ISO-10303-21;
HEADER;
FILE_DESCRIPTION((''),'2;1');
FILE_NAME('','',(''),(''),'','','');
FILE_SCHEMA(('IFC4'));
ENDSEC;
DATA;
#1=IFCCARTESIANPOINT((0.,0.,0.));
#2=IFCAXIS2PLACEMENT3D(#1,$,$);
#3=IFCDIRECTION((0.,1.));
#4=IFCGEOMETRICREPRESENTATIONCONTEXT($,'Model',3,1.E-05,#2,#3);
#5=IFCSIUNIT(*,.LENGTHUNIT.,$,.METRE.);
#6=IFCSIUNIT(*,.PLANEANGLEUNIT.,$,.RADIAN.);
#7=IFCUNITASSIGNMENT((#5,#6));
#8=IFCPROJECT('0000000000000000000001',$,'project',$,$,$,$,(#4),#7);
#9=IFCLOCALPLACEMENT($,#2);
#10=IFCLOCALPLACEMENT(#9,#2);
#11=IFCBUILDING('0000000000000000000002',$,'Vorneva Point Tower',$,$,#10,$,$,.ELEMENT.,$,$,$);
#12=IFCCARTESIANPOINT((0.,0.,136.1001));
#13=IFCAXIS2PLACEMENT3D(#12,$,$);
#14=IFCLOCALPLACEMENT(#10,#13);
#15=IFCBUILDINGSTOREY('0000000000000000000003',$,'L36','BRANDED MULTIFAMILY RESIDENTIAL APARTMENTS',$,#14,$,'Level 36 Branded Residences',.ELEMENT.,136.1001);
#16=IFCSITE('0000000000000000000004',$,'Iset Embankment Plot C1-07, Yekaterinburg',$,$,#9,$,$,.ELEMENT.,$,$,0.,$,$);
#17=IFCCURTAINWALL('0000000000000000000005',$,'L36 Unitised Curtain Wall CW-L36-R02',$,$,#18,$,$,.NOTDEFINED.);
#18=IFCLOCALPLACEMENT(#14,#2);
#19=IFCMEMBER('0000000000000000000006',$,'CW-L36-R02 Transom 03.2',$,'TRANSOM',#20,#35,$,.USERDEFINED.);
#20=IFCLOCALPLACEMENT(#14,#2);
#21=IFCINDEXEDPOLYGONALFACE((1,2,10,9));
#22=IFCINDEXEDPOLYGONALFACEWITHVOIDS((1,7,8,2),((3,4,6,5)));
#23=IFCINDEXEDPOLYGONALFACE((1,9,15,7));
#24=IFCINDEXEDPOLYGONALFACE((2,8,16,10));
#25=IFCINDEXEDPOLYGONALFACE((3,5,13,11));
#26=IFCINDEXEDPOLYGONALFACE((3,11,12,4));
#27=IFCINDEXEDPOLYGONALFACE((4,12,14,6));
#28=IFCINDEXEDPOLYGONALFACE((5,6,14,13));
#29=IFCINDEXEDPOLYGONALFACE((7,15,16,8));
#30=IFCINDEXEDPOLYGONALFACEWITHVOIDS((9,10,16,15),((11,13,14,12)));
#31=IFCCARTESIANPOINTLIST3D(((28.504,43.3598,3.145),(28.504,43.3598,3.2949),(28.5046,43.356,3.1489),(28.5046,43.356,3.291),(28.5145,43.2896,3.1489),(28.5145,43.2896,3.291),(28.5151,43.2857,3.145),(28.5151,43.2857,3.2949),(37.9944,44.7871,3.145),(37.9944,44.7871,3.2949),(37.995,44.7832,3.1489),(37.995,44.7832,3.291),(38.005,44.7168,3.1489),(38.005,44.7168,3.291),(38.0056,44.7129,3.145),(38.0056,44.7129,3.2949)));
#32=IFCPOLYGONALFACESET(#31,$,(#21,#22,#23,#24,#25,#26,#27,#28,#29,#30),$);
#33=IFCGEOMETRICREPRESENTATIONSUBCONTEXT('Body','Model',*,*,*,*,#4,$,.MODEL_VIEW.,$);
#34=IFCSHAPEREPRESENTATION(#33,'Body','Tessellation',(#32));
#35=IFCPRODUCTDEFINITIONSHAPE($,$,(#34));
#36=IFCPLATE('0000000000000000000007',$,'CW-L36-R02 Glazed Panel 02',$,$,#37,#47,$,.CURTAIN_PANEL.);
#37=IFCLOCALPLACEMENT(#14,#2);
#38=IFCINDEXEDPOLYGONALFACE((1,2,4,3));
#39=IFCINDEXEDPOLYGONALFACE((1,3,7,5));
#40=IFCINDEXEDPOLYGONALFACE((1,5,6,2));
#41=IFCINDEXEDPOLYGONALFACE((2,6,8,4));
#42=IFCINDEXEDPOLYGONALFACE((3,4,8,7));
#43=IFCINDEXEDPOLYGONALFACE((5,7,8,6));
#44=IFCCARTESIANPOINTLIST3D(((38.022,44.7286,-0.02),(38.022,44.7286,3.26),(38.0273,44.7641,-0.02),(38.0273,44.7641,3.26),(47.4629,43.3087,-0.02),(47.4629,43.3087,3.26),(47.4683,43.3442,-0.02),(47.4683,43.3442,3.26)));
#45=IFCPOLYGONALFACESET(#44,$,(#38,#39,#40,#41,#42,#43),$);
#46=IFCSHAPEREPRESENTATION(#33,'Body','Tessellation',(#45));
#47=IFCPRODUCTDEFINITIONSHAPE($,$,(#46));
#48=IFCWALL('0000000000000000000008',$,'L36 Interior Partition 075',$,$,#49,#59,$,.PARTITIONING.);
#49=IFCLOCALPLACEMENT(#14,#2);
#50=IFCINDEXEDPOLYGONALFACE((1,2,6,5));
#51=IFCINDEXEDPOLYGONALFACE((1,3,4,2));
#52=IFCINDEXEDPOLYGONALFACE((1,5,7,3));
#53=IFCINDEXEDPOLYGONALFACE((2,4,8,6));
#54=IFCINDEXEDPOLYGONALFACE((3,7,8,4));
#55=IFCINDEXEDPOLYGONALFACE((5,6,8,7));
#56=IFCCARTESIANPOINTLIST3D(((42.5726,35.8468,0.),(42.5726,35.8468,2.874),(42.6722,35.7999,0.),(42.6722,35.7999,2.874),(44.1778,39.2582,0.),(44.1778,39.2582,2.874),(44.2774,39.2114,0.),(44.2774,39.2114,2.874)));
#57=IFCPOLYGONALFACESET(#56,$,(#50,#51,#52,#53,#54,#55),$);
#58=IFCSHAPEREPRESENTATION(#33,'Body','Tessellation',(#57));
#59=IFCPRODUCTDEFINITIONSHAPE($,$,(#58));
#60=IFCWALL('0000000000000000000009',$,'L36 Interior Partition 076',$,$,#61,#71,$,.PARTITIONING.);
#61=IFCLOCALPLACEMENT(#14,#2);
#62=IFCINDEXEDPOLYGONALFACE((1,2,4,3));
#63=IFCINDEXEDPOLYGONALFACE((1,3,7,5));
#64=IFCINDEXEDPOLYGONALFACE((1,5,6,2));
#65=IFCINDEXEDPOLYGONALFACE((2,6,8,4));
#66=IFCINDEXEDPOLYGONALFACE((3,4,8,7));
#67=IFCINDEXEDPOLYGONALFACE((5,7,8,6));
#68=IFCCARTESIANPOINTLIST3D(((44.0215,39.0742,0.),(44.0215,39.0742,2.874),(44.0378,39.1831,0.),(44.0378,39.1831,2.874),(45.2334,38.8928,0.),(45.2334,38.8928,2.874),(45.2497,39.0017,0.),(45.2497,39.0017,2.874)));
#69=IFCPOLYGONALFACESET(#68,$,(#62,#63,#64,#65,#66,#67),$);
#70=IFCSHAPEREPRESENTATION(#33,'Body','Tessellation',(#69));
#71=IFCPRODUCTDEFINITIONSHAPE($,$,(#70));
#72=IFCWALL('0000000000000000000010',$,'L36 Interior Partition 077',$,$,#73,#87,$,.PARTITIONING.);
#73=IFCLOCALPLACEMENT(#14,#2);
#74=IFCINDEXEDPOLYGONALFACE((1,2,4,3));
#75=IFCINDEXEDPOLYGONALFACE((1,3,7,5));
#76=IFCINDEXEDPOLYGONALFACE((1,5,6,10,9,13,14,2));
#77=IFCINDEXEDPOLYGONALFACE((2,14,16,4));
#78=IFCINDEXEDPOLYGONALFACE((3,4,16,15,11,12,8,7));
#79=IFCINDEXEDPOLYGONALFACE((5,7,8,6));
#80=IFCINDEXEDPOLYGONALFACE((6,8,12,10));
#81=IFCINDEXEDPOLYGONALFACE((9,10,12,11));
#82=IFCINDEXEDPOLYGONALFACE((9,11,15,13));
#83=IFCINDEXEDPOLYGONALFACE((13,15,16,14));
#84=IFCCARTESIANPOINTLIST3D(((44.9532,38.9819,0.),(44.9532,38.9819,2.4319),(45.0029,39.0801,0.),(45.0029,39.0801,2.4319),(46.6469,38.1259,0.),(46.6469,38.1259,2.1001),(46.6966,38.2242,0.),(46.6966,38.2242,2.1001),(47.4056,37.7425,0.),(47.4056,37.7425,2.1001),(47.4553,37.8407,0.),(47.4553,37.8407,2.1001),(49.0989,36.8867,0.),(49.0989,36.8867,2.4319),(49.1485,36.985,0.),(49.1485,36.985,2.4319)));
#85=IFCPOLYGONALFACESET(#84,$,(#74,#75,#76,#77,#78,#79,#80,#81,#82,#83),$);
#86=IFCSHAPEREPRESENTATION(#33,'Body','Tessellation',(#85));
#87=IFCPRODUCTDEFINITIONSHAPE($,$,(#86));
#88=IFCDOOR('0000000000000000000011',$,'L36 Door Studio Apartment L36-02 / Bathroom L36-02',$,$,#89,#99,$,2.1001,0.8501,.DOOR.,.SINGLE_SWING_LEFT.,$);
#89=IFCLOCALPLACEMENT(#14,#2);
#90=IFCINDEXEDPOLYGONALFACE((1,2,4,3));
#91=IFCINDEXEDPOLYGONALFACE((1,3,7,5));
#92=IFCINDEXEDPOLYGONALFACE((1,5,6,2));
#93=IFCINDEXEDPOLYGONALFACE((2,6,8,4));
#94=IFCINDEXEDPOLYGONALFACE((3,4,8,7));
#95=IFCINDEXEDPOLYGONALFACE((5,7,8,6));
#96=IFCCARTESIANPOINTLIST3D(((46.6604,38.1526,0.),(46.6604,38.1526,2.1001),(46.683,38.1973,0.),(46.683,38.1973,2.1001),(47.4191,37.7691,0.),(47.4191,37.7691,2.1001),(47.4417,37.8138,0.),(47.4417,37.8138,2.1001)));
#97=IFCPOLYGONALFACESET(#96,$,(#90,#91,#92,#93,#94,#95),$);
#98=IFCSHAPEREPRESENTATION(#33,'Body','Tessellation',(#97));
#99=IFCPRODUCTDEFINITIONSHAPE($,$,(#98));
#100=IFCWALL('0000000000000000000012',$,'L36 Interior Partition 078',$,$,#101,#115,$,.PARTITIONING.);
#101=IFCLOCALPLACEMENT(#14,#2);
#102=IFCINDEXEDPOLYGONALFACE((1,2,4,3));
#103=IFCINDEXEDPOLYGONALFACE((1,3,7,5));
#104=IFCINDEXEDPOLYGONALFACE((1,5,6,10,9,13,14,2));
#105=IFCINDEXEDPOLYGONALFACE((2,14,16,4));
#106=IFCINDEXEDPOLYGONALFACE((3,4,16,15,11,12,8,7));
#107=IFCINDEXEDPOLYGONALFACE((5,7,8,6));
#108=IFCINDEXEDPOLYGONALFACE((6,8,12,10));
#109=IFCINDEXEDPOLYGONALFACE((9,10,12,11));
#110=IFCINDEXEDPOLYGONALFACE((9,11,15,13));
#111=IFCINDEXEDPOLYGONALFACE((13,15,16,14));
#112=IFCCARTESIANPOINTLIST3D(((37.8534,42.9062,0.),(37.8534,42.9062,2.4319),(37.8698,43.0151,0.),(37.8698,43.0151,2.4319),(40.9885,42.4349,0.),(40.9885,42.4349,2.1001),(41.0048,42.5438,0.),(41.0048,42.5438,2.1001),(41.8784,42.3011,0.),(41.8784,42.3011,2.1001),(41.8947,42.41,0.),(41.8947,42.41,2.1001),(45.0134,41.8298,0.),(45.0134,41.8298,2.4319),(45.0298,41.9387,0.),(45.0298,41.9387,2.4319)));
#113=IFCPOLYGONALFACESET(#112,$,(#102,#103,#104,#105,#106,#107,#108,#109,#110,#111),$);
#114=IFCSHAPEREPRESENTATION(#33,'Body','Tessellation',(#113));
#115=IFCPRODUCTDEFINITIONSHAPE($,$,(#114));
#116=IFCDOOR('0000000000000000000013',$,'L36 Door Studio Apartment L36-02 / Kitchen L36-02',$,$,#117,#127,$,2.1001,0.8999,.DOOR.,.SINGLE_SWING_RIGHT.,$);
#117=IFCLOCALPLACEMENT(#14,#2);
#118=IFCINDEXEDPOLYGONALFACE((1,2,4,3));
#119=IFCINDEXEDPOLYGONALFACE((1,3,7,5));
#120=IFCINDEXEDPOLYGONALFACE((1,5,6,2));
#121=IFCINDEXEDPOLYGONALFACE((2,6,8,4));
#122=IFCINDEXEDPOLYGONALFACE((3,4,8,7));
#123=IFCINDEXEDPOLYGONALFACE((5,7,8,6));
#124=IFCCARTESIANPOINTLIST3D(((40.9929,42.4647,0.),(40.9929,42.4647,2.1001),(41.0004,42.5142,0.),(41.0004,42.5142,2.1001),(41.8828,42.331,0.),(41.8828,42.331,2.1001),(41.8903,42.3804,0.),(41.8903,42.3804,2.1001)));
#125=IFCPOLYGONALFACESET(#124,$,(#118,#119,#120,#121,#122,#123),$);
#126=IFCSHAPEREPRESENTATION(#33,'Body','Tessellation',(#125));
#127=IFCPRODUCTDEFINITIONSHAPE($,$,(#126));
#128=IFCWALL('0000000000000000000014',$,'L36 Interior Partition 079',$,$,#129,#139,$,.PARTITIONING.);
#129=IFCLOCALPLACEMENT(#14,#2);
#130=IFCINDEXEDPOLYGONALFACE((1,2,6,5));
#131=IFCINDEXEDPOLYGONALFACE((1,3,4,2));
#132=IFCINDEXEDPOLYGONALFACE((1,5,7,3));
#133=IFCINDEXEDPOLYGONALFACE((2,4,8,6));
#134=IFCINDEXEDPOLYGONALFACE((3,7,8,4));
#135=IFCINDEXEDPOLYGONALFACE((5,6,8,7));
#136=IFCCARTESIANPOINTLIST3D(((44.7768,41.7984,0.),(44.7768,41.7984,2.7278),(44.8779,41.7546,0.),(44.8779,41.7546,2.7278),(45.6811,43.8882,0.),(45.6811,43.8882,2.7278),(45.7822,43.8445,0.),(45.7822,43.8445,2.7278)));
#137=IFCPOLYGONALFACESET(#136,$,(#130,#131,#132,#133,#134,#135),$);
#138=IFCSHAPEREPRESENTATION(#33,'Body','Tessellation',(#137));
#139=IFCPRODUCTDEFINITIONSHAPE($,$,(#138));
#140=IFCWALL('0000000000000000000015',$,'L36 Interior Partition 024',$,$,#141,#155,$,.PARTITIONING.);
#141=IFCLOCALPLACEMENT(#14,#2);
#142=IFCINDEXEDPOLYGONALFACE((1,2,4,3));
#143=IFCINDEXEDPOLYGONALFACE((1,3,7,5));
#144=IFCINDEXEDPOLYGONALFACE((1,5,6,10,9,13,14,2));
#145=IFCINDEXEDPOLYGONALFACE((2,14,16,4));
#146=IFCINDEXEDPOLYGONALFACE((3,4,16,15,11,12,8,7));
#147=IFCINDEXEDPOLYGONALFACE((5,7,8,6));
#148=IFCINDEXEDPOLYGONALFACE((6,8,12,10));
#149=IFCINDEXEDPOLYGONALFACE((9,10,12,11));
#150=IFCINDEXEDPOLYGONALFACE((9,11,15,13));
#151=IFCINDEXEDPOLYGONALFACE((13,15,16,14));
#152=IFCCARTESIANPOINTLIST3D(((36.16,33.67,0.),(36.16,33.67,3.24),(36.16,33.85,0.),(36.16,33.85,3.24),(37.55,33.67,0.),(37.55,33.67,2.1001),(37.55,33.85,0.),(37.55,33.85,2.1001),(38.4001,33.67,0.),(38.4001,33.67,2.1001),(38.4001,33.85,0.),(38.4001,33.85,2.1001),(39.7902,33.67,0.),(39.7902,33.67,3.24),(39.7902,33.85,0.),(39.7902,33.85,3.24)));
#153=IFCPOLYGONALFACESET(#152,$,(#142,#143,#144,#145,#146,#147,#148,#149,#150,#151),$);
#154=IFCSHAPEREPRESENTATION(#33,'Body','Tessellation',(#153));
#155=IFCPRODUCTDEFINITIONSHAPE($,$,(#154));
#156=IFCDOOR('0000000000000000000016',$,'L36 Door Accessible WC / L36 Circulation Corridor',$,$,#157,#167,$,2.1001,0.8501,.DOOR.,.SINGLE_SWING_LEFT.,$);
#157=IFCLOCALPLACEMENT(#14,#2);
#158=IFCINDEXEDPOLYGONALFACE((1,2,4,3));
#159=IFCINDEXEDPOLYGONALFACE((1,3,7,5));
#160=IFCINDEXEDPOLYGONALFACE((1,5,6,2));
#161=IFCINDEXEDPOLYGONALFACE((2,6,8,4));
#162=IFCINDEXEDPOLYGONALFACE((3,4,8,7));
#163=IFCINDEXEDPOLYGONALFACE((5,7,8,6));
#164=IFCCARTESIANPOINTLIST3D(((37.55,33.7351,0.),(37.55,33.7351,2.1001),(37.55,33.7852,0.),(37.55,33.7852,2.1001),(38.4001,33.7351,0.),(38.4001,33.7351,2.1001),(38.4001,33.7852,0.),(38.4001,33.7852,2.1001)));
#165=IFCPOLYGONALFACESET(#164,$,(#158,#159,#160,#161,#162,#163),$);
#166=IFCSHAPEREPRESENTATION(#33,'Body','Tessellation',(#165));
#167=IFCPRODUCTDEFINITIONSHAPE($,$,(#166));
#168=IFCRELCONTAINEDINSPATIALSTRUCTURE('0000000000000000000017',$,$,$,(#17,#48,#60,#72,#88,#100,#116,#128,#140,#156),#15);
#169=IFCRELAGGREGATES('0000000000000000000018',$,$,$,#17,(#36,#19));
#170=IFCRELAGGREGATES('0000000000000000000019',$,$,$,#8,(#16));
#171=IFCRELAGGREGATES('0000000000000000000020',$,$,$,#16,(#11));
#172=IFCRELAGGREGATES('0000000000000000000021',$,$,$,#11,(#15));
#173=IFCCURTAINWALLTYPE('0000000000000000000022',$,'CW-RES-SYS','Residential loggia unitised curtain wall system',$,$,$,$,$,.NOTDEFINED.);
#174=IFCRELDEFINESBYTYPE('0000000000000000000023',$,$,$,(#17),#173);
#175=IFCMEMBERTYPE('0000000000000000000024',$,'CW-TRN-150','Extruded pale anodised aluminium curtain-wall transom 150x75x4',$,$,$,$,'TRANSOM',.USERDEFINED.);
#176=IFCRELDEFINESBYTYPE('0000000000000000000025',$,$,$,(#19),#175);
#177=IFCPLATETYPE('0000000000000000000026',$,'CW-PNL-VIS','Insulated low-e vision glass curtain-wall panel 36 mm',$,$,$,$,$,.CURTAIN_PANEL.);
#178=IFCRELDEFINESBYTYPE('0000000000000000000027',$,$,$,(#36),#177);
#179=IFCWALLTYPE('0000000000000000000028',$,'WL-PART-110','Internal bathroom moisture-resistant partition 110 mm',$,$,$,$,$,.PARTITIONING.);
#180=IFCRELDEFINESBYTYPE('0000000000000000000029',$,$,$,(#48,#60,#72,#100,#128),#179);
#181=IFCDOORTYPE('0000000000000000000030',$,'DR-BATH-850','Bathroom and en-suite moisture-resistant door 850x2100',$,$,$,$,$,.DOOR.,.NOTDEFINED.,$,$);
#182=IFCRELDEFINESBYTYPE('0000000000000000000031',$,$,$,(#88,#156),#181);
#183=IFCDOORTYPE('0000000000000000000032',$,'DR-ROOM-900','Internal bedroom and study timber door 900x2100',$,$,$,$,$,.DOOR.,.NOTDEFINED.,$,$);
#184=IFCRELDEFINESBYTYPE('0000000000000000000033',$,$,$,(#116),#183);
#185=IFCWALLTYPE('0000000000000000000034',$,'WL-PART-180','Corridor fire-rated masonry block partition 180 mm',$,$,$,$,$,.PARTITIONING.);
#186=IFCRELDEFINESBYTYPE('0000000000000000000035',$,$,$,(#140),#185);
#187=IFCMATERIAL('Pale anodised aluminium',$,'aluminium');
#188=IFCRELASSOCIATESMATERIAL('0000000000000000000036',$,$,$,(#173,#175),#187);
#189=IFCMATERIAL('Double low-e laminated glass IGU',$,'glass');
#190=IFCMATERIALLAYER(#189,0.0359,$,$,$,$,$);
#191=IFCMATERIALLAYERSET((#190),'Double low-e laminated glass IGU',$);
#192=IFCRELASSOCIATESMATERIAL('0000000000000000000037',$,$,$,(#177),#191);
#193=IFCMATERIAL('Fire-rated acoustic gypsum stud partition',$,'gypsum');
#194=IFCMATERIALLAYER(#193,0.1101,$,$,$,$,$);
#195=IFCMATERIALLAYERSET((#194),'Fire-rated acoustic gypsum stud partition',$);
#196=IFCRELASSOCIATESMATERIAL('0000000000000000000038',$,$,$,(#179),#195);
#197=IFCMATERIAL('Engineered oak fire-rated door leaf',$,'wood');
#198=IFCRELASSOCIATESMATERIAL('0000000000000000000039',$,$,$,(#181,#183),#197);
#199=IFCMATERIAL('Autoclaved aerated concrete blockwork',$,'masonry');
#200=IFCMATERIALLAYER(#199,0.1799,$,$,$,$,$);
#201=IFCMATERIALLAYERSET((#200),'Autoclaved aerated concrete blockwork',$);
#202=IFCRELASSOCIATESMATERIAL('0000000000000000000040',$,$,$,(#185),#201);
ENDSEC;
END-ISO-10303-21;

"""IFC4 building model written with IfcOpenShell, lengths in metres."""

from ifc_helpers import new_model, si_unit, direction, frame, frame_2d, origin, origin_2d, place, context, subcontext, project, spatial, rectangle, hollow_rectangle, extrude, material, layer, layer_set, material_profile, profile_set, type_object, element, fill, aggregate, save


model = new_model("IFC4")

# Units and contexts
model_context = context("Model", 3, precision=1e-05, world=origin(), true_north=direction((0.0, 1.0)))
body_context = subcontext(model_context, "Body", "Model", "MODEL_VIEW")
ifc_project = project(units=[si_unit("LENGTHUNIT", "METRE"), si_unit("PLANEANGLEUNIT", "RADIAN")], contexts=[model_context])

# Site, building, storey
site_placement = place(None, origin())
site = spatial("IfcSite", under=ifc_project, at=site_placement, Name="Iset Embankment Plot C1-07, Yekaterinburg", CompositionType="ELEMENT", RefElevation=0.0)
building_placement = place(site_placement, origin())
building = spatial("IfcBuilding", under=site, at=building_placement, Name="Vorneva Point Tower", CompositionType="ELEMENT")
storey_placement = place(building_placement, frame((0.0, 0.0, 136.1001)))
storey = spatial("IfcBuildingStorey", under=building, at=storey_placement, Name="L36", Description="BRANDED MULTIFAMILY RESIDENTIAL APARTMENTS", LongName="Level 36 Branded Residences", CompositionType="ELEMENT", Elevation=136.1001)

# Curtain wall, member, plate
ifc_material_1 = material(Name="Pale anodised aluminium", Category="aluminium")
curtain_wall_type = type_object("IfcCurtainWallType", Name="CW-RES-SYS", Description="Residential loggia unitised curtain wall system", PredefinedType="NOTDEFINED", material=ifc_material_1)
curtain_wall_placement = place(storey_placement, origin())
curtain_wall = element("IfcCurtainWall", 1, at=curtain_wall_placement, inside=storey, type_object=curtain_wall_type, Name="L36 Unitised Curtain Wall CW-L36-R02", PredefinedType="NOTDEFINED")
ifc_material_profile_1 = material_profile(ifc_material_1, hollow_rectangle(XDim=0.075, YDim=0.1499, WallThickness=0.0039, at=origin_2d()), Name="AL-TRN 150x75x4")
ifc_profile_set_1 = profile_set([ifc_material_profile_1], Name="Pale anodised aluminium")
member_type_1 = type_object("IfcMemberType", Name="CW-TRN-150", Description="Extruded pale anodised aluminium curtain-wall transom 150x75x4", ElementType="TRANSOM", PredefinedType="USERDEFINED", material=ifc_profile_set_1)
member_1_placement = place(storey_placement, frame((38.0, 44.75, 3.22), z_axis=(-0.98888, -0.148715, 0.0), x_axis=(0.148715, -0.98888, 0.0)))
member_1 = element("IfcMember", 2, at=member_1_placement, type_object=member_type_1, Name="CW-L36-R02 Transom 03.2", ObjectType="TRANSOM", PredefinedType="USERDEFINED", context=body_context, shape_type="SweptSolid", body=[
    extrude(hollow_rectangle(XDim=0.075, YDim=0.1499, WallThickness=0.0039, at=origin_2d()), origin(), (0.0, 0.0, 1.0), 9.5972),
])
ifc_material_2 = material(Name="Double low-e laminated glass IGU", Category="glass")
ifc_layer_1 = layer(ifc_material_2, 0.0359)
ifc_layer_set_1 = layer_set([ifc_layer_1], Name="Double low-e laminated glass IGU")
plate_type = type_object("IfcPlateType", Name="CW-PNL-VIS", Description="Insulated low-e vision glass curtain-wall panel 36 mm", PredefinedType="CURTAIN_PANEL", material=ifc_layer_set_1)
plate_placement = place(storey_placement, frame((42.7451, 44.0364, -0.02), z_axis=(0.0, 0.0, 1.0), x_axis=(-0.988879, 0.148724, 0.0)))
plate = element("IfcPlate", 3, at=plate_placement, type_object=plate_type, Name="CW-L36-R02 Glazed Panel 02", PredefinedType="CURTAIN_PANEL", context=body_context, shape_type="SweptSolid", body=[
    extrude(rectangle(XDim=9.5471, YDim=0.0359, at=origin_2d()), origin(), (0.0, 0.0, 1.0), 3.28),
])
aggregate(curtain_wall, [plate, member_1])

# Walls
ifc_material_3 = material(Name="Fire-rated acoustic gypsum stud partition", Category="gypsum")
ifc_layer_2 = layer(ifc_material_3, 0.1101)
ifc_layer_set_2 = layer_set([ifc_layer_2], Name="Fire-rated acoustic gypsum stud partition")
wall_type_1 = type_object("IfcWallType", Name="WL-PART-110", Description="Internal bathroom moisture-resistant partition 110 mm", PredefinedType="PARTITIONING", material=ifc_layer_set_2)
wall_1_placement = place(storey_placement, frame((42.6223, 35.8232, 0.0), z_axis=(0.0, 0.0, 1.0), x_axis=(0.425769, 0.904832, 0.0)))
element("IfcWall", 4, at=wall_1_placement, inside=storey, type_object=wall_type_1, Name="L36 Interior Partition 075", PredefinedType="PARTITIONING", context=body_context, shape_type="SweptSolid", body=[
    extrude(rectangle(XDim=3.7703, YDim=0.1101, at=frame_2d((1.8853, 0.0))), origin(), (0.0, 0.0, 1.0), 2.874),
])
wall_2_placement = place(storey_placement, frame((44.0295, 39.1287, 0.0), z_axis=(0.0, 0.0, 1.0), x_axis=(0.988983, -0.148029, 0.0)))
element("IfcWall", 5, at=wall_2_placement, inside=storey, type_object=wall_type_1, Name="L36 Interior Partition 076", PredefinedType="PARTITIONING", context=body_context, shape_type="SweptSolid", body=[
    extrude(rectangle(XDim=1.2253, YDim=0.1101, at=frame_2d((0.6128, 0.0))), origin(), (0.0, 0.0, 1.0), 2.874),
])

# Walls, openings, doors
wall_3_placement = place(storey_placement, frame((44.978, 39.031, 0.0), z_axis=(0.0, 0.0, 1.0), x_axis=(0.892495, -0.451057, 0.0)))
wall_3 = element("IfcWall", 6, at=wall_3_placement, inside=storey, type_object=wall_type_1, Name="L36 Interior Partition 077", PredefinedType="PARTITIONING", context=body_context, shape_type="SweptSolid", body=[
    extrude(rectangle(XDim=4.645, YDim=0.1101, at=frame_2d((2.3225, 0.0))), origin(), (0.0, 0.0, 1.0), 2.4319),
])
opening_1_placement = place(wall_3_placement, frame((1.8977, 0.0, 0.0)))
opening_1 = element("IfcOpeningElement", 7, at=opening_1_placement, cuts=wall_3, PredefinedType="OPENING", context=body_context, shape_type="SweptSolid", body=[
    extrude(rectangle(XDim=0.8501, YDim=2.1001, at=frame_2d((0.425, 1.05))), frame((0.0, 0.0698, 0.0), z_axis=(0.0, -1.0, 0.0), x_axis=(1.0, 0.0, 0.0)), (0.0, 0.0, 1.0), 0.1399),
])
ifc_material_4 = material(Name="Engineered oak fire-rated door leaf", Category="wood")
door_type_1 = type_object("IfcDoorType", Name="DR-BATH-850", Description="Bathroom and en-suite moisture-resistant door 850x2100", OperationType="NOTDEFINED", PredefinedType="DOOR", material=ifc_material_4)
door_1_placement = place(opening_1_placement, origin())
door_1 = element("IfcDoor", 8, at=door_1_placement, inside=storey, type_object=door_type_1, Name="L36 Door Studio Apartment L36-02 / Bathroom L36-02", OperationType="SINGLE_SWING_LEFT", OverallHeight=2.1001, OverallWidth=0.8501, PredefinedType="DOOR", context=body_context, shape_type="SweptSolid", body=[
    extrude(rectangle(XDim=0.8501, YDim=2.1001, at=frame_2d((0.425, 1.05))), frame((0.0, 0.0249, 0.0), z_axis=(0.0, -1.0, 0.0), x_axis=(1.0, 0.0, 0.0)), (0.0, 0.0, 1.0), 0.05),
])
fill(opening_1, door_1)
wall_4_placement = place(storey_placement, frame((45.0215, 41.8843, 0.0), z_axis=(0.0, 0.0, 1.0), x_axis=(-0.988887, 0.148669, 0.0)))
wall_4 = element("IfcWall", 9, at=wall_4_placement, inside=storey, type_object=wall_type_1, Name="L36 Interior Partition 078", PredefinedType="PARTITIONING", context=body_context, shape_type="SweptSolid", body=[
    extrude(rectangle(XDim=7.2405, YDim=0.1101, at=frame_2d((3.6201, 0.0))), origin(), (0.0, 0.0, 1.0), 2.4319),
])
opening_2_placement = place(wall_4_placement, frame((3.1702, 0.0, 0.0)))
opening_2 = element("IfcOpeningElement", 10, at=opening_2_placement, cuts=wall_4, PredefinedType="OPENING", context=body_context, shape_type="SweptSolid", body=[
    extrude(rectangle(XDim=0.8999, YDim=2.1001, at=frame_2d((0.45, 1.05))), frame((0.0, 0.0698, 0.0), z_axis=(0.0, -1.0, 0.0), x_axis=(1.0, 0.0, 0.0)), (0.0, 0.0, 1.0), 0.1399),
])
door_type_2 = type_object("IfcDoorType", Name="DR-ROOM-900", Description="Internal bedroom and study timber door 900x2100", OperationType="NOTDEFINED", PredefinedType="DOOR", material=ifc_material_4)
door_2_placement = place(opening_2_placement, origin())
door_2 = element("IfcDoor", 11, at=door_2_placement, inside=storey, type_object=door_type_2, Name="L36 Door Studio Apartment L36-02 / Kitchen L36-02", OperationType="SINGLE_SWING_RIGHT", OverallHeight=2.1001, OverallWidth=0.8999, PredefinedType="DOOR", context=body_context, shape_type="SweptSolid", body=[
    extrude(rectangle(XDim=0.8999, YDim=2.1001, at=frame_2d((0.45, 1.05))), frame((0.0, 0.0249, 0.0), z_axis=(0.0, -1.0, 0.0), x_axis=(1.0, 0.0, 0.0)), (0.0, 0.0, 1.0), 0.05),
])
fill(opening_2, door_2)

# Wall
wall_5_placement = place(storey_placement, frame((45.7317, 43.8665, 0.0), z_axis=(0.0, 0.0, 1.0), x_axis=(-0.397126, -0.917764, 0.0)))
element("IfcWall", 12, at=wall_5_placement, inside=storey, type_object=wall_type_1, Name="L36 Interior Partition 079", PredefinedType="PARTITIONING", context=body_context, shape_type="SweptSolid", body=[
    extrude(rectangle(XDim=2.2771, YDim=0.1101, at=frame_2d((1.1387, 0.0))), origin(), (0.0, 0.0, 1.0), 2.7278),
])

# Wall, opening, door
ifc_material_5 = material(Name="Autoclaved aerated concrete blockwork", Category="masonry")
ifc_layer_3 = layer(ifc_material_5, 0.1799)
ifc_layer_set_3 = layer_set([ifc_layer_3], Name="Autoclaved aerated concrete blockwork")
wall_type_2 = type_object("IfcWallType", Name="WL-PART-180", Description="Corridor fire-rated masonry block partition 180 mm", PredefinedType="PARTITIONING", material=ifc_layer_set_3)
wall_6_placement = place(storey_placement, frame((39.79, 33.76, 0.0), z_axis=(0.0, 0.0, 1.0), x_axis=(-1.0, 0.0, 0.0)))
wall_6 = element("IfcWall", 13, at=wall_6_placement, inside=storey, type_object=wall_type_2, Name="L36 Interior Partition 024", PredefinedType="PARTITIONING", context=body_context, shape_type="SweptSolid", body=[
    extrude(rectangle(XDim=3.6301, YDim=0.1799, at=frame_2d((1.8149, 0.0))), origin(), (0.0, 0.0, 1.0), 3.24),
])
opening_3_placement = place(wall_6_placement, frame((1.3899, 0.0, 0.0)))
opening_3 = element("IfcOpeningElement", 14, at=opening_3_placement, cuts=wall_6, PredefinedType="OPENING", context=body_context, shape_type="SweptSolid", body=[
    extrude(rectangle(XDim=0.8501, YDim=2.1001, at=frame_2d((0.425, 1.05))), frame((0.0, 0.105, 0.0), z_axis=(0.0, -1.0, 0.0), x_axis=(1.0, 0.0, 0.0)), (0.0, 0.0, 1.0), 0.2097),
])
door_3_placement = place(opening_3_placement, origin())
door_3 = element("IfcDoor", 15, at=door_3_placement, inside=storey, type_object=door_type_1, Name="L36 Door Accessible WC / L36 Circulation Corridor", OperationType="SINGLE_SWING_LEFT", OverallHeight=2.1001, OverallWidth=0.8501, PredefinedType="DOOR", context=body_context, shape_type="SweptSolid", body=[
    extrude(rectangle(XDim=0.8501, YDim=2.1001, at=frame_2d((0.425, 1.05))), frame((0.0, 0.0249, 0.0), z_axis=(0.0, -1.0, 0.0), x_axis=(1.0, 0.0, 0.0)), (0.0, 0.0, 1.0), 0.05),
])
fill(opening_3, door_3)

save(model, "model.ifc")
